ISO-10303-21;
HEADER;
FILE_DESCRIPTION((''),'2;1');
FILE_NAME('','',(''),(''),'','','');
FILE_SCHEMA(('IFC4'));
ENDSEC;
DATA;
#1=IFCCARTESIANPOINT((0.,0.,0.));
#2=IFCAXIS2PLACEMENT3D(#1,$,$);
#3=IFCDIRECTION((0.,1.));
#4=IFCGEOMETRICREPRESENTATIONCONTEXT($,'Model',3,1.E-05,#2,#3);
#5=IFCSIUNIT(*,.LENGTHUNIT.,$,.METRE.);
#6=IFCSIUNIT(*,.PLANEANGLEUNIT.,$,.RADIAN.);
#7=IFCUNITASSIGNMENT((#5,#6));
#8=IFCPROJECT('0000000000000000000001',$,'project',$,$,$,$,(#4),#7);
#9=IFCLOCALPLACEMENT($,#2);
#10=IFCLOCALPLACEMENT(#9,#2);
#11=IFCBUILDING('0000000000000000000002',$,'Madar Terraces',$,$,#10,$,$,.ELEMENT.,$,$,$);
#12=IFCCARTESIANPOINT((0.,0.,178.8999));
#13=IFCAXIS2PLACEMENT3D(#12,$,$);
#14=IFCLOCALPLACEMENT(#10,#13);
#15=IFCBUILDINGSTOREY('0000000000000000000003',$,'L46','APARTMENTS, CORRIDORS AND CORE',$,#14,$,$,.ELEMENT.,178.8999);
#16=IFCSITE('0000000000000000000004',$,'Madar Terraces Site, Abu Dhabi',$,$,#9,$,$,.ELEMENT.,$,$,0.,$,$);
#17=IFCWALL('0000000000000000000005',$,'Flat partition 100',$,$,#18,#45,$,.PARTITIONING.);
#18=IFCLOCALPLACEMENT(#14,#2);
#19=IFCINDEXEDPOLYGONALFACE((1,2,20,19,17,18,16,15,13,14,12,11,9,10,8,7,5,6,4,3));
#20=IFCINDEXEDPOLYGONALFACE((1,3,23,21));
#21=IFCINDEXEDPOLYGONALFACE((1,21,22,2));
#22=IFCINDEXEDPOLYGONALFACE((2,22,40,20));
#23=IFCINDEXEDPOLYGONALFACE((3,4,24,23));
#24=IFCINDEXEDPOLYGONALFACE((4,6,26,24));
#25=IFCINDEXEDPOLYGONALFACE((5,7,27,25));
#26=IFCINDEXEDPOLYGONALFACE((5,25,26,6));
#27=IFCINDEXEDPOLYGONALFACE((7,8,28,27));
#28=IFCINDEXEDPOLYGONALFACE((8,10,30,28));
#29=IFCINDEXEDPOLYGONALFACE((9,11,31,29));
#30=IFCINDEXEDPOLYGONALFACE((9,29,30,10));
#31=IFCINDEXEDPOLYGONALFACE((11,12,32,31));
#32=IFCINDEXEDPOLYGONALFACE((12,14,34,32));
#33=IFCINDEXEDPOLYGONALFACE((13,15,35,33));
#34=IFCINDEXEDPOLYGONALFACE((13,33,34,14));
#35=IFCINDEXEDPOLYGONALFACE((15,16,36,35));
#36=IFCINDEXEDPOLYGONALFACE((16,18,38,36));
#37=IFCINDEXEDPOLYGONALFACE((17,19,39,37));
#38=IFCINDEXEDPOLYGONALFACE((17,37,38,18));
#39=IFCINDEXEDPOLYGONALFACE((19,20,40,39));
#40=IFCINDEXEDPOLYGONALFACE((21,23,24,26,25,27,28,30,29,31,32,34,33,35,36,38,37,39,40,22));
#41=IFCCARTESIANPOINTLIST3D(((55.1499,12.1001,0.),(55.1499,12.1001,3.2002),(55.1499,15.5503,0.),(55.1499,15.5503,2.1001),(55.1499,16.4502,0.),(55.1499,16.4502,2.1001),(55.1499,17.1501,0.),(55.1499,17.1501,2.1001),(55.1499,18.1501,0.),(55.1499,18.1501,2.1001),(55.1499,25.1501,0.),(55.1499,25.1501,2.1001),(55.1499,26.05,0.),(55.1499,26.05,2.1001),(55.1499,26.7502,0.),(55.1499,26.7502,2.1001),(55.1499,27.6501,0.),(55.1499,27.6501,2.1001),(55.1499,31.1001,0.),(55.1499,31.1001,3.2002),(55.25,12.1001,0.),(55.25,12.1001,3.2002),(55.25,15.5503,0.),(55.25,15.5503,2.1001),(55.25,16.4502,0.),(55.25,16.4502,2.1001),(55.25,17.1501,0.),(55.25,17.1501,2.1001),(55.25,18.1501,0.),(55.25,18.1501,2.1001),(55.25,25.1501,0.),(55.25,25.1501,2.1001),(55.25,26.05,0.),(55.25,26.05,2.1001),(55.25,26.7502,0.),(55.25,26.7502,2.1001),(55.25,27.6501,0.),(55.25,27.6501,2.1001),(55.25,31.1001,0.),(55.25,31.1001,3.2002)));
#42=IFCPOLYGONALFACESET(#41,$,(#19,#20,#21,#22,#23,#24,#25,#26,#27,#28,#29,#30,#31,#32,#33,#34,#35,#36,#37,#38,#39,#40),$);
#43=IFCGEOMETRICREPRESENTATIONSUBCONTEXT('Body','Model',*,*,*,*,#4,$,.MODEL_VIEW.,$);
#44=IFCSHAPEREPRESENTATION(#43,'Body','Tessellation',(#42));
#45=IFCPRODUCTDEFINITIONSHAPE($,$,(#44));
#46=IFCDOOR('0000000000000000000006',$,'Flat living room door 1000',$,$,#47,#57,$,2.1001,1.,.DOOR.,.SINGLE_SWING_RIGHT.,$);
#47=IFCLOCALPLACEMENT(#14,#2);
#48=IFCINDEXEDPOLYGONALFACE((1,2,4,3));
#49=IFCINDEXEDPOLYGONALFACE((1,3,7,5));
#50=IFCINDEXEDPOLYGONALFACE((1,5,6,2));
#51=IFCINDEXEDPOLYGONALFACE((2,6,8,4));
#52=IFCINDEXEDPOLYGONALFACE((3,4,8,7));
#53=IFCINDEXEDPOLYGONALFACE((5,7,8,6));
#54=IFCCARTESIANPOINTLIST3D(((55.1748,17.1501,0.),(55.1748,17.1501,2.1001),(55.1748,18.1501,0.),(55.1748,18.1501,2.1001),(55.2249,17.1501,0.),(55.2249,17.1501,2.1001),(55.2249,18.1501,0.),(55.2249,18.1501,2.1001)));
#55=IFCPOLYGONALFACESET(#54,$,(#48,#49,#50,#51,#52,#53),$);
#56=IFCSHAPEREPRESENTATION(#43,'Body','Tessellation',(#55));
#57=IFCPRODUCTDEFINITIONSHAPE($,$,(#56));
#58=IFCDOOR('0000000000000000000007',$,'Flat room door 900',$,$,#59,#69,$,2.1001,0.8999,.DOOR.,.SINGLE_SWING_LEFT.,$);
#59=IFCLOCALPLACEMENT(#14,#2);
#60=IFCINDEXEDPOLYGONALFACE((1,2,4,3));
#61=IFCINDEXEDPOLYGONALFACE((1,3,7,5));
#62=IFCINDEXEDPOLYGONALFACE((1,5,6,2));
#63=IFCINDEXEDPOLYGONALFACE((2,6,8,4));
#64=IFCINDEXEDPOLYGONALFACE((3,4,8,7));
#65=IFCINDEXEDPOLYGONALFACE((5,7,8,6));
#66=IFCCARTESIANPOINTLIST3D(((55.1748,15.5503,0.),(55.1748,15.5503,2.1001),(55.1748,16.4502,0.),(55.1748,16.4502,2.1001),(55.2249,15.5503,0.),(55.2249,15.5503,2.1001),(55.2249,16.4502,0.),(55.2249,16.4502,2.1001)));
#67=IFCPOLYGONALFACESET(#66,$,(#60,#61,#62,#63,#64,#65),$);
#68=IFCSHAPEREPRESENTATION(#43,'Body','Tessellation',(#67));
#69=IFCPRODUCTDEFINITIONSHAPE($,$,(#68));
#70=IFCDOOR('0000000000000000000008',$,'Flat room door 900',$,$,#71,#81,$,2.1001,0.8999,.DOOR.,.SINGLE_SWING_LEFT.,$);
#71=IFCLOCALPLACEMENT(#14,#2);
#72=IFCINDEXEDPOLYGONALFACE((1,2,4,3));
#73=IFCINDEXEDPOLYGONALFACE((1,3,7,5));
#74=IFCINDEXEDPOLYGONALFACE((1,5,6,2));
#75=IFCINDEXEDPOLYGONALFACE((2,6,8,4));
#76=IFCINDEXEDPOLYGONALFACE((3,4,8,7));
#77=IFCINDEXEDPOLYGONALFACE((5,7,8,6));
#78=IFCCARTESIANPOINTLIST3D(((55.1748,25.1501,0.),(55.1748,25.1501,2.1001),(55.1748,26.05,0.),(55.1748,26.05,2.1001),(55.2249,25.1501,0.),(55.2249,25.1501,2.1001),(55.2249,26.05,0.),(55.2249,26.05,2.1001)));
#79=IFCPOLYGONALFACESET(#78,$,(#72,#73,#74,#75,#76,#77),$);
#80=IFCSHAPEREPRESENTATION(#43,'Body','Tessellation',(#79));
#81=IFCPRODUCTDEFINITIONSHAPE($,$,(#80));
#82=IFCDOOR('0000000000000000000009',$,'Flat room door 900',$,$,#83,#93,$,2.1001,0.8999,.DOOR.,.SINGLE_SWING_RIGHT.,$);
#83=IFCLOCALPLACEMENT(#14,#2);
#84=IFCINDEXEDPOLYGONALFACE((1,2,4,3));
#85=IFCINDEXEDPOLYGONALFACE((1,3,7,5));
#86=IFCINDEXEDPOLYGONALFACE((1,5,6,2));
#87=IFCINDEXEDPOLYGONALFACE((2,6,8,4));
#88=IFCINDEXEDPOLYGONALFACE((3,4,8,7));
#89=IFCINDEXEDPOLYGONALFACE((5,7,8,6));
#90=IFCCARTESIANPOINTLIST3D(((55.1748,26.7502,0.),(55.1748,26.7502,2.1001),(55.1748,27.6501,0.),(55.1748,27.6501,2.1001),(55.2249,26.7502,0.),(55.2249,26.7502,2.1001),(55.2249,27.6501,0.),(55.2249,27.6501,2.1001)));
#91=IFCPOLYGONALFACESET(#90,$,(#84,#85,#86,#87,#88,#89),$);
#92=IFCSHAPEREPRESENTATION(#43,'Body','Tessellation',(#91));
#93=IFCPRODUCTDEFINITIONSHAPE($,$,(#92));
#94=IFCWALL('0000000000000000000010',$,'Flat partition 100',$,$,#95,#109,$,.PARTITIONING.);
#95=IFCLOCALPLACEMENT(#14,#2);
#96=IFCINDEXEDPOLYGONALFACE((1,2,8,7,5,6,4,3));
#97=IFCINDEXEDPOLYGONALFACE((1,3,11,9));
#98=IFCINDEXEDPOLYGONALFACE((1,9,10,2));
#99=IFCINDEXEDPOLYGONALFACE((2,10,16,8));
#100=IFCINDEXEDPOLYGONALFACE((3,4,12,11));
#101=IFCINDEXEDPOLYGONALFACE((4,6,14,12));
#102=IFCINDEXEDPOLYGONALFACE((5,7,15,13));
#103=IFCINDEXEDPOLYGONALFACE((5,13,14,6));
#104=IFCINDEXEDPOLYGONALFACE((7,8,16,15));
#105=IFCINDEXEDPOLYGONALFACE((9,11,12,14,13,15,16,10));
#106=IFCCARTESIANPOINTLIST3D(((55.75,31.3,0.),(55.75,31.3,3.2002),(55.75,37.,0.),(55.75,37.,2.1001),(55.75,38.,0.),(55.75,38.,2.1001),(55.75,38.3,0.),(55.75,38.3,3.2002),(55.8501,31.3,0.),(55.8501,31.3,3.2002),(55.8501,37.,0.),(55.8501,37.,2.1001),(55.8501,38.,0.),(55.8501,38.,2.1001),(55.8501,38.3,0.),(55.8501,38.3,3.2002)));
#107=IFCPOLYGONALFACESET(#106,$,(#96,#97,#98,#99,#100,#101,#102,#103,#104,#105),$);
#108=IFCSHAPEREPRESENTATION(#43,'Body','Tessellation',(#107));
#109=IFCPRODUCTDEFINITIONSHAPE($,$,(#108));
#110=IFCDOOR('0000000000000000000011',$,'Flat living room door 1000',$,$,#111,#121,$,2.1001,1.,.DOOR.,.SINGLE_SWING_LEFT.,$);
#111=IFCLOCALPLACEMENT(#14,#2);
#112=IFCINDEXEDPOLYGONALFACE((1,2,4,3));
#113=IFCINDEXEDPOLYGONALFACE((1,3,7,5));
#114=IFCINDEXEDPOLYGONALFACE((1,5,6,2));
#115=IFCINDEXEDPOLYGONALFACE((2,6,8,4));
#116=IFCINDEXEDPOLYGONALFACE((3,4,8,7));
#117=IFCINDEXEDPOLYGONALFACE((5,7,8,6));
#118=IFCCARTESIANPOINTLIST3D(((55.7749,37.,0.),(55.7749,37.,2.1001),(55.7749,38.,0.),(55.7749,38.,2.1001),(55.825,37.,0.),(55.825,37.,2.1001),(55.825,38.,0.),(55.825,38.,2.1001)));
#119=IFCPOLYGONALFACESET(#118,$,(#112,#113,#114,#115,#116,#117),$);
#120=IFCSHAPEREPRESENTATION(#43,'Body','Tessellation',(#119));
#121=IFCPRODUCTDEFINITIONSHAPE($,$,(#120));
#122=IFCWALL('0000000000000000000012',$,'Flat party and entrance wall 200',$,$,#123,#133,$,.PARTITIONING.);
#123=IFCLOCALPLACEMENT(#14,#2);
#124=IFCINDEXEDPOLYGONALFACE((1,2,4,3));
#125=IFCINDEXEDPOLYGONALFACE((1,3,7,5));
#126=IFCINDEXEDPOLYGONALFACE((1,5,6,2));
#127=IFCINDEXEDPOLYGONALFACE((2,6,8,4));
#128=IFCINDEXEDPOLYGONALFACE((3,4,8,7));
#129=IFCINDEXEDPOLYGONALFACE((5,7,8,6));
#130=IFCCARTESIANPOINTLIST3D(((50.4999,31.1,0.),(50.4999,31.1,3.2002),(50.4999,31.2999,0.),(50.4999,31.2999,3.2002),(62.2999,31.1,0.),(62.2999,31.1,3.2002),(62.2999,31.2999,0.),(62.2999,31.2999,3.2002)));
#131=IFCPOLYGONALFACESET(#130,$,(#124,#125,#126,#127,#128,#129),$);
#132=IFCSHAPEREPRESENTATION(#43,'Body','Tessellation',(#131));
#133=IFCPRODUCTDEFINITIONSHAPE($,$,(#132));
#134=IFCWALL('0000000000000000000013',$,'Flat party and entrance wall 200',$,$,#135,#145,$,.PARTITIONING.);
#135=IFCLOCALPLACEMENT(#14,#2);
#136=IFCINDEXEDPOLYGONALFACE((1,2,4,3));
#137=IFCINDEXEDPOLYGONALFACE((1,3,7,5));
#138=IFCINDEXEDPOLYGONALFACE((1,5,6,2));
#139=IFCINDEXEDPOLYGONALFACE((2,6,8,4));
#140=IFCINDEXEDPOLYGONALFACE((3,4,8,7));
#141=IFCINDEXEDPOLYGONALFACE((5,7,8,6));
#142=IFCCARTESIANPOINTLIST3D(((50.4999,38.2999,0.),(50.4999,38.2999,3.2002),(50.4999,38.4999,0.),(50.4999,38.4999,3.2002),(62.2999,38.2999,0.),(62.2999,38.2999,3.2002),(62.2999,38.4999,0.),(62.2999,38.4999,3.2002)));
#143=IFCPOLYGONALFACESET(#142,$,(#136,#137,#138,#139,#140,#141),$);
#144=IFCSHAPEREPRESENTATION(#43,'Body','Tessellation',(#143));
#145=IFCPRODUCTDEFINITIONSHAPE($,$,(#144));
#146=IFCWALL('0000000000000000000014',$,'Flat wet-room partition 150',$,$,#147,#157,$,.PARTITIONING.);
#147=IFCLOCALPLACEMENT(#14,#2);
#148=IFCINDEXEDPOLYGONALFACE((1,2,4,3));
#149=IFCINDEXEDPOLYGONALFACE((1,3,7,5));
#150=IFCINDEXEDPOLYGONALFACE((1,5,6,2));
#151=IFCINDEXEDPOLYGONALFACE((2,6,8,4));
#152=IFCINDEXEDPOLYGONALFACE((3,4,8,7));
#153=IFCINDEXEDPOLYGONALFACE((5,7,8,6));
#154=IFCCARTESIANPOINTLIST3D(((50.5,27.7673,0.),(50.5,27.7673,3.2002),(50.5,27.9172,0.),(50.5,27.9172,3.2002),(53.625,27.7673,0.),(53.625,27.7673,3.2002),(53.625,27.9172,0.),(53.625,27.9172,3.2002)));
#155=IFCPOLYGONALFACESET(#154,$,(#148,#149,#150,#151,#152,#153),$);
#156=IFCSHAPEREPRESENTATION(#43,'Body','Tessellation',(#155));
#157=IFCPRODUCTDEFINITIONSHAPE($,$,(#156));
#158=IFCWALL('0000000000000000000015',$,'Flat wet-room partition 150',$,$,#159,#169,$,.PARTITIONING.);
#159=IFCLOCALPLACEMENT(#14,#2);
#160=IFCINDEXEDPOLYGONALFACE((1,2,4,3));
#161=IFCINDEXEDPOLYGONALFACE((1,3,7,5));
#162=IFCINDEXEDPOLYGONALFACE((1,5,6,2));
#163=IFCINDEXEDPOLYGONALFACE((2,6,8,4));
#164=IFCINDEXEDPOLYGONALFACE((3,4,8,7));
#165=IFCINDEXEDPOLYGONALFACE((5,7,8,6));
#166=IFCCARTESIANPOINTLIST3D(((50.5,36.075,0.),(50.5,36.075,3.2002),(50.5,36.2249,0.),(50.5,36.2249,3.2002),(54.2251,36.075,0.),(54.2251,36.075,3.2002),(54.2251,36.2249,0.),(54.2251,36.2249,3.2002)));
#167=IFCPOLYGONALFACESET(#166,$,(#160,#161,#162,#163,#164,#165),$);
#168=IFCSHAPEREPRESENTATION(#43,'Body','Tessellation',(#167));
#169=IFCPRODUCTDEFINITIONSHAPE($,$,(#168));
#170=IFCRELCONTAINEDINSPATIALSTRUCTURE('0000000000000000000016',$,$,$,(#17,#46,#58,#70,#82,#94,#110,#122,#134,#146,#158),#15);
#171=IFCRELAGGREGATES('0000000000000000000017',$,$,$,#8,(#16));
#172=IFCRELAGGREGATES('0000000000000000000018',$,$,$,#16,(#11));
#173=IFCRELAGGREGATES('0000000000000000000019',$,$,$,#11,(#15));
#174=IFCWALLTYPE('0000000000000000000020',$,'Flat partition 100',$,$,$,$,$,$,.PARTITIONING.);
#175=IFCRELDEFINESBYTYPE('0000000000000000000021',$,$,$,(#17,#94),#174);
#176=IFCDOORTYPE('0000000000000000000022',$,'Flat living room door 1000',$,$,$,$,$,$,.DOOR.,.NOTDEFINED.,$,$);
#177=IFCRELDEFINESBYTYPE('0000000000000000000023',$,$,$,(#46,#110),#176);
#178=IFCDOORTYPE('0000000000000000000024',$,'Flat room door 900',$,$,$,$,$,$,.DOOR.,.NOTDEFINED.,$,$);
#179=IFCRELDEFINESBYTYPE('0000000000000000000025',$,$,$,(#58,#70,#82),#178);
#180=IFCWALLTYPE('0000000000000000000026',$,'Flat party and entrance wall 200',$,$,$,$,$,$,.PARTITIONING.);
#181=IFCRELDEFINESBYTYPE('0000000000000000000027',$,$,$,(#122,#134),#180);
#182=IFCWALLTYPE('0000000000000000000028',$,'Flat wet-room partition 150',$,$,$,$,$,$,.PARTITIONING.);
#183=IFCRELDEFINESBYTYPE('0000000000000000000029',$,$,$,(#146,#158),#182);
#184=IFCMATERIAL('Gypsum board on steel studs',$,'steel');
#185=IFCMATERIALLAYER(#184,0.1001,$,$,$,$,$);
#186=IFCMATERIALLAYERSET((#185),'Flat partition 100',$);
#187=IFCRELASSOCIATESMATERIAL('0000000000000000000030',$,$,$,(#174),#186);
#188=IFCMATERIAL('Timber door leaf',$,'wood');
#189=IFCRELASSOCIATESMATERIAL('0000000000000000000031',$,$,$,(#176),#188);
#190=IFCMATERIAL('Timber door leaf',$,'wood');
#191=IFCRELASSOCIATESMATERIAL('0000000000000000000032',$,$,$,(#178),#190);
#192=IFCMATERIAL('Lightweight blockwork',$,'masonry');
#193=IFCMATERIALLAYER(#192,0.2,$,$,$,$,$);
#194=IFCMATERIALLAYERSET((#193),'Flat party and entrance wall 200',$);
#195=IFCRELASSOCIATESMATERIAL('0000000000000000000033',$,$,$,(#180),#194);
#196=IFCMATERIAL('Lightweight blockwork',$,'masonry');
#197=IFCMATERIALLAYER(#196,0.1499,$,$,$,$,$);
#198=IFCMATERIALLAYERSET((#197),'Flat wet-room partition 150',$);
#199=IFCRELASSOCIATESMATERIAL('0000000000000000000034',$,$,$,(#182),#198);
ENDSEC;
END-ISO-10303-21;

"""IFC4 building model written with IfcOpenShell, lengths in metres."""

from ifc_helpers import new_model, si_unit, direction, frame, frame_2d, origin, place, context, subcontext, project, spatial, rectangle, extrude, material, layer, layer_set, type_object, element, fill, save


model = new_model("IFC4")

# Units and contexts
model_context = context("Model", 3, precision=1e-05, world=origin(), true_north=direction((0.0, 1.0)))
body_context = subcontext(model_context, "Body", "Model", "MODEL_VIEW")
ifc_project = project(units=[si_unit("LENGTHUNIT", "METRE"), si_unit("PLANEANGLEUNIT", "RADIAN")], contexts=[model_context])

# Site, building, storey
site_placement = place(None, origin())
site = spatial("IfcSite", under=ifc_project, at=site_placement, Name="Madar Terraces Site, Abu Dhabi", CompositionType="ELEMENT", RefElevation=0.0)
building_placement = place(site_placement, origin())
building = spatial("IfcBuilding", under=site, at=building_placement, Name="Madar Terraces", CompositionType="ELEMENT")
storey_placement = place(building_placement, frame((0.0, 0.0, 178.8999)))
storey = spatial("IfcBuildingStorey", under=building, at=storey_placement, Name="L46", Description="APARTMENTS, CORRIDORS AND CORE", CompositionType="ELEMENT", Elevation=178.8999)

# Shared definitions
ifc_material_1 = material(Name="Gypsum board on steel studs", Category="steel")
ifc_layer_1 = layer(ifc_material_1, 0.1001)
ifc_layer_set_1 = layer_set([ifc_layer_1], Name="Flat partition 100")
wall_type_1 = type_object("IfcWallType", Name="Flat partition 100", PredefinedType="PARTITIONING", material=ifc_layer_set_1)

# Wall, openings, doors
wall_1_placement = place(storey_placement, frame((55.2, 31.1001, 0.0), z_axis=(0.0, 0.0, 1.0), x_axis=(0.0, -1.0, 0.0)))
wall_1 = element("IfcWall", 1, at=wall_1_placement, inside=storey, type_object=wall_type_1, Name="Flat partition 100", PredefinedType="PARTITIONING", context=body_context, shape_type="SweptSolid", body=[
    extrude(rectangle(XDim=19.0, YDim=0.1001, at=frame_2d((9.5, 0.0))), origin(), (0.0, 0.0, 1.0), 3.2002),
])
opening_1_placement = place(wall_1_placement, frame((14.6499, 0.0, 0.0)))
opening_1 = element("IfcOpeningElement", 2, at=opening_1_placement, cuts=wall_1, PredefinedType="OPENING", context=body_context, shape_type="SweptSolid", body=[
    extrude(rectangle(XDim=0.8999, YDim=2.1001, at=frame_2d((0.45, 1.05))), frame((0.0, 0.0601, 0.0), z_axis=(0.0, -1.0, 0.0), x_axis=(1.0, 0.0, 0.0)), (0.0, 0.0, 1.0), 0.1201),
])
opening_2_placement = place(wall_1_placement, frame((12.95, 0.0, 0.0)))
opening_2 = element("IfcOpeningElement", 3, at=opening_2_placement, cuts=wall_1, PredefinedType="OPENING", context=body_context, shape_type="SweptSolid", body=[
    extrude(rectangle(XDim=1.0, YDim=2.1001, at=frame_2d((0.5, 1.05))), frame((0.0, 0.0601, 0.0), z_axis=(0.0, -1.0, 0.0), x_axis=(1.0, 0.0, 0.0)), (0.0, 0.0, 1.0), 0.1201),
])
opening_3_placement = place(wall_1_placement, frame((5.05, 0.0, 0.0)))
opening_3 = element("IfcOpeningElement", 4, at=opening_3_placement, cuts=wall_1, PredefinedType="OPENING", context=body_context, shape_type="SweptSolid", body=[
    extrude(rectangle(XDim=0.8999, YDim=2.1001, at=frame_2d((0.45, 1.05))), frame((0.0, 0.0601, 0.0), z_axis=(0.0, -1.0, 0.0), x_axis=(1.0, 0.0, 0.0)), (0.0, 0.0, 1.0), 0.1201),
])
opening_4_placement = place(wall_1_placement, frame((3.45, 0.0, 0.0)))
opening_4 = element("IfcOpeningElement", 5, at=opening_4_placement, cuts=wall_1, PredefinedType="OPENING", context=body_context, shape_type="SweptSolid", body=[
    extrude(rectangle(XDim=0.8999, YDim=2.1001, at=frame_2d((0.45, 1.05))), frame((0.0, 0.0601, 0.0), z_axis=(0.0, -1.0, 0.0), x_axis=(1.0, 0.0, 0.0)), (0.0, 0.0, 1.0), 0.1201),
])
ifc_material_2 = material(Name="Timber door leaf", Category="wood")
door_type_1 = type_object("IfcDoorType", Name="Flat living room door 1000", OperationType="NOTDEFINED", PredefinedType="DOOR", material=ifc_material_2)
door_1_placement = place(opening_2_placement, origin())
door_1 = element("IfcDoor", 6, at=door_1_placement, inside=storey, type_object=door_type_1, Name="Flat living room door 1000", OperationType="SINGLE_SWING_RIGHT", OverallHeight=2.1001, OverallWidth=1.0, PredefinedType="DOOR", context=body_context, shape_type="SweptSolid", body=[
    extrude(rectangle(XDim=1.0, YDim=2.1001, at=frame_2d((0.5, 1.05))), frame((0.0, 0.0249, 0.0), z_axis=(0.0, -1.0, 0.0), x_axis=(1.0, 0.0, 0.0)), (0.0, 0.0, 1.0), 0.05),
])
fill(opening_2, door_1)
ifc_material_3 = material(Name="Timber door leaf", Category="wood")
door_type_2 = type_object("IfcDoorType", Name="Flat room door 900", OperationType="NOTDEFINED", PredefinedType="DOOR", material=ifc_material_3)
door_2_placement = place(opening_1_placement, origin())
door_2 = element("IfcDoor", 7, at=door_2_placement, inside=storey, type_object=door_type_2, Name="Flat room door 900", OperationType="SINGLE_SWING_LEFT", OverallHeight=2.1001, OverallWidth=0.8999, PredefinedType="DOOR", context=body_context, shape_type="SweptSolid", body=[
    extrude(rectangle(XDim=0.8999, YDim=2.1001, at=frame_2d((0.45, 1.05))), frame((0.0, 0.0249, 0.0), z_axis=(0.0, -1.0, 0.0), x_axis=(1.0, 0.0, 0.0)), (0.0, 0.0, 1.0), 0.05),
])
fill(opening_1, door_2)
door_3_placement = place(opening_3_placement, origin())
door_3 = element("IfcDoor", 8, at=door_3_placement, inside=storey, type_object=door_type_2, Name="Flat room door 900", OperationType="SINGLE_SWING_LEFT", OverallHeight=2.1001, OverallWidth=0.8999, PredefinedType="DOOR", context=body_context, shape_type="SweptSolid", body=[
    extrude(rectangle(XDim=0.8999, YDim=2.1001, at=frame_2d((0.45, 1.05))), frame((0.0, 0.0249, 0.0), z_axis=(0.0, -1.0, 0.0), x_axis=(1.0, 0.0, 0.0)), (0.0, 0.0, 1.0), 0.05),
])
fill(opening_3, door_3)
door_4_placement = place(opening_4_placement, origin())
door_4 = element("IfcDoor", 9, at=door_4_placement, inside=storey, type_object=door_type_2, Name="Flat room door 900", OperationType="SINGLE_SWING_RIGHT", OverallHeight=2.1001, OverallWidth=0.8999, PredefinedType="DOOR", context=body_context, shape_type="SweptSolid", body=[
    extrude(rectangle(XDim=0.8999, YDim=2.1001, at=frame_2d((0.45, 1.05))), frame((0.0, 0.0249, 0.0), z_axis=(0.0, -1.0, 0.0), x_axis=(1.0, 0.0, 0.0)), (0.0, 0.0, 1.0), 0.05),
])
fill(opening_4, door_4)

# Wall, opening, door
wall_2_placement = place(storey_placement, frame((55.8, 38.3, 0.0), z_axis=(0.0, 0.0, 1.0), x_axis=(0.0, -1.0, 0.0)))
wall_2 = element("IfcWall", 10, at=wall_2_placement, inside=storey, type_object=wall_type_1, Name="Flat partition 100", PredefinedType="PARTITIONING", context=body_context, shape_type="SweptSolid", body=[
    extrude(rectangle(XDim=7.0, YDim=0.1001, at=frame_2d((3.5, 0.0))), origin(), (0.0, 0.0, 1.0), 3.2002),
])
opening_5_placement = place(wall_2_placement, frame((0.3, 0.0, 0.0)))
opening_5 = element("IfcOpeningElement", 11, at=opening_5_placement, cuts=wall_2, PredefinedType="OPENING", context=body_context, shape_type="SweptSolid", body=[
    extrude(rectangle(XDim=1.0, YDim=2.1001, at=frame_2d((0.5, 1.05))), frame((0.0, 0.0601, 0.0), z_axis=(0.0, -1.0, 0.0), x_axis=(1.0, 0.0, 0.0)), (0.0, 0.0, 1.0), 0.1201),
])
door_5_placement = place(opening_5_placement, origin())
door_5 = element("IfcDoor", 12, at=door_5_placement, inside=storey, type_object=door_type_1, Name="Flat living room door 1000", OperationType="SINGLE_SWING_LEFT", OverallHeight=2.1001, OverallWidth=1.0, PredefinedType="DOOR", context=body_context, shape_type="SweptSolid", body=[
    extrude(rectangle(XDim=1.0, YDim=2.1001, at=frame_2d((0.5, 1.05))), frame((0.0, 0.0249, 0.0), z_axis=(0.0, -1.0, 0.0), x_axis=(1.0, 0.0, 0.0)), (0.0, 0.0, 1.0), 0.05),
])
fill(opening_5, door_5)

# Walls
ifc_material_4 = material(Name="Lightweight blockwork", Category="masonry")
ifc_layer_2 = layer(ifc_material_4, 0.2)
ifc_layer_set_2 = layer_set([ifc_layer_2], Name="Flat party and entrance wall 200")
wall_type_2 = type_object("IfcWallType", Name="Flat party and entrance wall 200", PredefinedType="PARTITIONING", material=ifc_layer_set_2)
for number, where, z_axis, x_axis, name in (
    (13, (50.5, 31.2, 0.0), (0.0, 0.0, 1.0), (1.0, 0.0, 0.0), "Flat party and entrance wall 200"),
    (14, (50.5, 38.3999, 0.0), (0.0, 0.0, 1.0), (1.0, 0.0, 0.0), "Flat party and entrance wall 200"),
):
    element("IfcWall", number, at=place(storey_placement, frame(where, z_axis=z_axis, x_axis=x_axis)), inside=storey, type_object=wall_type_2, Name=name, PredefinedType="PARTITIONING", context=body_context, shape_type="SweptSolid", body=[
        extrude(rectangle(XDim=11.8, YDim=0.2, at=frame_2d((5.8999, 0.0))), origin(), (0.0, 0.0, 1.0), 3.2002),
    ])
ifc_material_5 = material(Name="Lightweight blockwork", Category="masonry")
ifc_layer_3 = layer(ifc_material_5, 0.1499)
ifc_layer_set_3 = layer_set([ifc_layer_3], Name="Flat wet-room partition 150")
wall_type_3 = type_object("IfcWallType", Name="Flat wet-room partition 150", PredefinedType="PARTITIONING", material=ifc_layer_set_3)
wall_3_placement = place(storey_placement, frame((50.5, 27.8423, 0.0), z_axis=(0.0, 0.0, 1.0), x_axis=(1.0, 0.0, 0.0)))
element("IfcWall", 15, at=wall_3_placement, inside=storey, type_object=wall_type_3, Name="Flat wet-room partition 150", PredefinedType="PARTITIONING", context=body_context, shape_type="SweptSolid", body=[
    extrude(rectangle(XDim=3.125, YDim=0.1499, at=frame_2d((1.5625, 0.0))), origin(), (0.0, 0.0, 1.0), 3.2002),
])
wall_4_placement = place(storey_placement, frame((50.5, 36.1499, 0.0), z_axis=(0.0, 0.0, 1.0), x_axis=(1.0, 0.0, 0.0)))
element("IfcWall", 16, at=wall_4_placement, inside=storey, type_object=wall_type_3, Name="Flat wet-room partition 150", PredefinedType="PARTITIONING", context=body_context, shape_type="SweptSolid", body=[
    extrude(rectangle(XDim=3.7251, YDim=0.1499, at=frame_2d((1.8625, 0.0))), origin(), (0.0, 0.0, 1.0), 3.2002),
])

save(model, "model.ifc")
